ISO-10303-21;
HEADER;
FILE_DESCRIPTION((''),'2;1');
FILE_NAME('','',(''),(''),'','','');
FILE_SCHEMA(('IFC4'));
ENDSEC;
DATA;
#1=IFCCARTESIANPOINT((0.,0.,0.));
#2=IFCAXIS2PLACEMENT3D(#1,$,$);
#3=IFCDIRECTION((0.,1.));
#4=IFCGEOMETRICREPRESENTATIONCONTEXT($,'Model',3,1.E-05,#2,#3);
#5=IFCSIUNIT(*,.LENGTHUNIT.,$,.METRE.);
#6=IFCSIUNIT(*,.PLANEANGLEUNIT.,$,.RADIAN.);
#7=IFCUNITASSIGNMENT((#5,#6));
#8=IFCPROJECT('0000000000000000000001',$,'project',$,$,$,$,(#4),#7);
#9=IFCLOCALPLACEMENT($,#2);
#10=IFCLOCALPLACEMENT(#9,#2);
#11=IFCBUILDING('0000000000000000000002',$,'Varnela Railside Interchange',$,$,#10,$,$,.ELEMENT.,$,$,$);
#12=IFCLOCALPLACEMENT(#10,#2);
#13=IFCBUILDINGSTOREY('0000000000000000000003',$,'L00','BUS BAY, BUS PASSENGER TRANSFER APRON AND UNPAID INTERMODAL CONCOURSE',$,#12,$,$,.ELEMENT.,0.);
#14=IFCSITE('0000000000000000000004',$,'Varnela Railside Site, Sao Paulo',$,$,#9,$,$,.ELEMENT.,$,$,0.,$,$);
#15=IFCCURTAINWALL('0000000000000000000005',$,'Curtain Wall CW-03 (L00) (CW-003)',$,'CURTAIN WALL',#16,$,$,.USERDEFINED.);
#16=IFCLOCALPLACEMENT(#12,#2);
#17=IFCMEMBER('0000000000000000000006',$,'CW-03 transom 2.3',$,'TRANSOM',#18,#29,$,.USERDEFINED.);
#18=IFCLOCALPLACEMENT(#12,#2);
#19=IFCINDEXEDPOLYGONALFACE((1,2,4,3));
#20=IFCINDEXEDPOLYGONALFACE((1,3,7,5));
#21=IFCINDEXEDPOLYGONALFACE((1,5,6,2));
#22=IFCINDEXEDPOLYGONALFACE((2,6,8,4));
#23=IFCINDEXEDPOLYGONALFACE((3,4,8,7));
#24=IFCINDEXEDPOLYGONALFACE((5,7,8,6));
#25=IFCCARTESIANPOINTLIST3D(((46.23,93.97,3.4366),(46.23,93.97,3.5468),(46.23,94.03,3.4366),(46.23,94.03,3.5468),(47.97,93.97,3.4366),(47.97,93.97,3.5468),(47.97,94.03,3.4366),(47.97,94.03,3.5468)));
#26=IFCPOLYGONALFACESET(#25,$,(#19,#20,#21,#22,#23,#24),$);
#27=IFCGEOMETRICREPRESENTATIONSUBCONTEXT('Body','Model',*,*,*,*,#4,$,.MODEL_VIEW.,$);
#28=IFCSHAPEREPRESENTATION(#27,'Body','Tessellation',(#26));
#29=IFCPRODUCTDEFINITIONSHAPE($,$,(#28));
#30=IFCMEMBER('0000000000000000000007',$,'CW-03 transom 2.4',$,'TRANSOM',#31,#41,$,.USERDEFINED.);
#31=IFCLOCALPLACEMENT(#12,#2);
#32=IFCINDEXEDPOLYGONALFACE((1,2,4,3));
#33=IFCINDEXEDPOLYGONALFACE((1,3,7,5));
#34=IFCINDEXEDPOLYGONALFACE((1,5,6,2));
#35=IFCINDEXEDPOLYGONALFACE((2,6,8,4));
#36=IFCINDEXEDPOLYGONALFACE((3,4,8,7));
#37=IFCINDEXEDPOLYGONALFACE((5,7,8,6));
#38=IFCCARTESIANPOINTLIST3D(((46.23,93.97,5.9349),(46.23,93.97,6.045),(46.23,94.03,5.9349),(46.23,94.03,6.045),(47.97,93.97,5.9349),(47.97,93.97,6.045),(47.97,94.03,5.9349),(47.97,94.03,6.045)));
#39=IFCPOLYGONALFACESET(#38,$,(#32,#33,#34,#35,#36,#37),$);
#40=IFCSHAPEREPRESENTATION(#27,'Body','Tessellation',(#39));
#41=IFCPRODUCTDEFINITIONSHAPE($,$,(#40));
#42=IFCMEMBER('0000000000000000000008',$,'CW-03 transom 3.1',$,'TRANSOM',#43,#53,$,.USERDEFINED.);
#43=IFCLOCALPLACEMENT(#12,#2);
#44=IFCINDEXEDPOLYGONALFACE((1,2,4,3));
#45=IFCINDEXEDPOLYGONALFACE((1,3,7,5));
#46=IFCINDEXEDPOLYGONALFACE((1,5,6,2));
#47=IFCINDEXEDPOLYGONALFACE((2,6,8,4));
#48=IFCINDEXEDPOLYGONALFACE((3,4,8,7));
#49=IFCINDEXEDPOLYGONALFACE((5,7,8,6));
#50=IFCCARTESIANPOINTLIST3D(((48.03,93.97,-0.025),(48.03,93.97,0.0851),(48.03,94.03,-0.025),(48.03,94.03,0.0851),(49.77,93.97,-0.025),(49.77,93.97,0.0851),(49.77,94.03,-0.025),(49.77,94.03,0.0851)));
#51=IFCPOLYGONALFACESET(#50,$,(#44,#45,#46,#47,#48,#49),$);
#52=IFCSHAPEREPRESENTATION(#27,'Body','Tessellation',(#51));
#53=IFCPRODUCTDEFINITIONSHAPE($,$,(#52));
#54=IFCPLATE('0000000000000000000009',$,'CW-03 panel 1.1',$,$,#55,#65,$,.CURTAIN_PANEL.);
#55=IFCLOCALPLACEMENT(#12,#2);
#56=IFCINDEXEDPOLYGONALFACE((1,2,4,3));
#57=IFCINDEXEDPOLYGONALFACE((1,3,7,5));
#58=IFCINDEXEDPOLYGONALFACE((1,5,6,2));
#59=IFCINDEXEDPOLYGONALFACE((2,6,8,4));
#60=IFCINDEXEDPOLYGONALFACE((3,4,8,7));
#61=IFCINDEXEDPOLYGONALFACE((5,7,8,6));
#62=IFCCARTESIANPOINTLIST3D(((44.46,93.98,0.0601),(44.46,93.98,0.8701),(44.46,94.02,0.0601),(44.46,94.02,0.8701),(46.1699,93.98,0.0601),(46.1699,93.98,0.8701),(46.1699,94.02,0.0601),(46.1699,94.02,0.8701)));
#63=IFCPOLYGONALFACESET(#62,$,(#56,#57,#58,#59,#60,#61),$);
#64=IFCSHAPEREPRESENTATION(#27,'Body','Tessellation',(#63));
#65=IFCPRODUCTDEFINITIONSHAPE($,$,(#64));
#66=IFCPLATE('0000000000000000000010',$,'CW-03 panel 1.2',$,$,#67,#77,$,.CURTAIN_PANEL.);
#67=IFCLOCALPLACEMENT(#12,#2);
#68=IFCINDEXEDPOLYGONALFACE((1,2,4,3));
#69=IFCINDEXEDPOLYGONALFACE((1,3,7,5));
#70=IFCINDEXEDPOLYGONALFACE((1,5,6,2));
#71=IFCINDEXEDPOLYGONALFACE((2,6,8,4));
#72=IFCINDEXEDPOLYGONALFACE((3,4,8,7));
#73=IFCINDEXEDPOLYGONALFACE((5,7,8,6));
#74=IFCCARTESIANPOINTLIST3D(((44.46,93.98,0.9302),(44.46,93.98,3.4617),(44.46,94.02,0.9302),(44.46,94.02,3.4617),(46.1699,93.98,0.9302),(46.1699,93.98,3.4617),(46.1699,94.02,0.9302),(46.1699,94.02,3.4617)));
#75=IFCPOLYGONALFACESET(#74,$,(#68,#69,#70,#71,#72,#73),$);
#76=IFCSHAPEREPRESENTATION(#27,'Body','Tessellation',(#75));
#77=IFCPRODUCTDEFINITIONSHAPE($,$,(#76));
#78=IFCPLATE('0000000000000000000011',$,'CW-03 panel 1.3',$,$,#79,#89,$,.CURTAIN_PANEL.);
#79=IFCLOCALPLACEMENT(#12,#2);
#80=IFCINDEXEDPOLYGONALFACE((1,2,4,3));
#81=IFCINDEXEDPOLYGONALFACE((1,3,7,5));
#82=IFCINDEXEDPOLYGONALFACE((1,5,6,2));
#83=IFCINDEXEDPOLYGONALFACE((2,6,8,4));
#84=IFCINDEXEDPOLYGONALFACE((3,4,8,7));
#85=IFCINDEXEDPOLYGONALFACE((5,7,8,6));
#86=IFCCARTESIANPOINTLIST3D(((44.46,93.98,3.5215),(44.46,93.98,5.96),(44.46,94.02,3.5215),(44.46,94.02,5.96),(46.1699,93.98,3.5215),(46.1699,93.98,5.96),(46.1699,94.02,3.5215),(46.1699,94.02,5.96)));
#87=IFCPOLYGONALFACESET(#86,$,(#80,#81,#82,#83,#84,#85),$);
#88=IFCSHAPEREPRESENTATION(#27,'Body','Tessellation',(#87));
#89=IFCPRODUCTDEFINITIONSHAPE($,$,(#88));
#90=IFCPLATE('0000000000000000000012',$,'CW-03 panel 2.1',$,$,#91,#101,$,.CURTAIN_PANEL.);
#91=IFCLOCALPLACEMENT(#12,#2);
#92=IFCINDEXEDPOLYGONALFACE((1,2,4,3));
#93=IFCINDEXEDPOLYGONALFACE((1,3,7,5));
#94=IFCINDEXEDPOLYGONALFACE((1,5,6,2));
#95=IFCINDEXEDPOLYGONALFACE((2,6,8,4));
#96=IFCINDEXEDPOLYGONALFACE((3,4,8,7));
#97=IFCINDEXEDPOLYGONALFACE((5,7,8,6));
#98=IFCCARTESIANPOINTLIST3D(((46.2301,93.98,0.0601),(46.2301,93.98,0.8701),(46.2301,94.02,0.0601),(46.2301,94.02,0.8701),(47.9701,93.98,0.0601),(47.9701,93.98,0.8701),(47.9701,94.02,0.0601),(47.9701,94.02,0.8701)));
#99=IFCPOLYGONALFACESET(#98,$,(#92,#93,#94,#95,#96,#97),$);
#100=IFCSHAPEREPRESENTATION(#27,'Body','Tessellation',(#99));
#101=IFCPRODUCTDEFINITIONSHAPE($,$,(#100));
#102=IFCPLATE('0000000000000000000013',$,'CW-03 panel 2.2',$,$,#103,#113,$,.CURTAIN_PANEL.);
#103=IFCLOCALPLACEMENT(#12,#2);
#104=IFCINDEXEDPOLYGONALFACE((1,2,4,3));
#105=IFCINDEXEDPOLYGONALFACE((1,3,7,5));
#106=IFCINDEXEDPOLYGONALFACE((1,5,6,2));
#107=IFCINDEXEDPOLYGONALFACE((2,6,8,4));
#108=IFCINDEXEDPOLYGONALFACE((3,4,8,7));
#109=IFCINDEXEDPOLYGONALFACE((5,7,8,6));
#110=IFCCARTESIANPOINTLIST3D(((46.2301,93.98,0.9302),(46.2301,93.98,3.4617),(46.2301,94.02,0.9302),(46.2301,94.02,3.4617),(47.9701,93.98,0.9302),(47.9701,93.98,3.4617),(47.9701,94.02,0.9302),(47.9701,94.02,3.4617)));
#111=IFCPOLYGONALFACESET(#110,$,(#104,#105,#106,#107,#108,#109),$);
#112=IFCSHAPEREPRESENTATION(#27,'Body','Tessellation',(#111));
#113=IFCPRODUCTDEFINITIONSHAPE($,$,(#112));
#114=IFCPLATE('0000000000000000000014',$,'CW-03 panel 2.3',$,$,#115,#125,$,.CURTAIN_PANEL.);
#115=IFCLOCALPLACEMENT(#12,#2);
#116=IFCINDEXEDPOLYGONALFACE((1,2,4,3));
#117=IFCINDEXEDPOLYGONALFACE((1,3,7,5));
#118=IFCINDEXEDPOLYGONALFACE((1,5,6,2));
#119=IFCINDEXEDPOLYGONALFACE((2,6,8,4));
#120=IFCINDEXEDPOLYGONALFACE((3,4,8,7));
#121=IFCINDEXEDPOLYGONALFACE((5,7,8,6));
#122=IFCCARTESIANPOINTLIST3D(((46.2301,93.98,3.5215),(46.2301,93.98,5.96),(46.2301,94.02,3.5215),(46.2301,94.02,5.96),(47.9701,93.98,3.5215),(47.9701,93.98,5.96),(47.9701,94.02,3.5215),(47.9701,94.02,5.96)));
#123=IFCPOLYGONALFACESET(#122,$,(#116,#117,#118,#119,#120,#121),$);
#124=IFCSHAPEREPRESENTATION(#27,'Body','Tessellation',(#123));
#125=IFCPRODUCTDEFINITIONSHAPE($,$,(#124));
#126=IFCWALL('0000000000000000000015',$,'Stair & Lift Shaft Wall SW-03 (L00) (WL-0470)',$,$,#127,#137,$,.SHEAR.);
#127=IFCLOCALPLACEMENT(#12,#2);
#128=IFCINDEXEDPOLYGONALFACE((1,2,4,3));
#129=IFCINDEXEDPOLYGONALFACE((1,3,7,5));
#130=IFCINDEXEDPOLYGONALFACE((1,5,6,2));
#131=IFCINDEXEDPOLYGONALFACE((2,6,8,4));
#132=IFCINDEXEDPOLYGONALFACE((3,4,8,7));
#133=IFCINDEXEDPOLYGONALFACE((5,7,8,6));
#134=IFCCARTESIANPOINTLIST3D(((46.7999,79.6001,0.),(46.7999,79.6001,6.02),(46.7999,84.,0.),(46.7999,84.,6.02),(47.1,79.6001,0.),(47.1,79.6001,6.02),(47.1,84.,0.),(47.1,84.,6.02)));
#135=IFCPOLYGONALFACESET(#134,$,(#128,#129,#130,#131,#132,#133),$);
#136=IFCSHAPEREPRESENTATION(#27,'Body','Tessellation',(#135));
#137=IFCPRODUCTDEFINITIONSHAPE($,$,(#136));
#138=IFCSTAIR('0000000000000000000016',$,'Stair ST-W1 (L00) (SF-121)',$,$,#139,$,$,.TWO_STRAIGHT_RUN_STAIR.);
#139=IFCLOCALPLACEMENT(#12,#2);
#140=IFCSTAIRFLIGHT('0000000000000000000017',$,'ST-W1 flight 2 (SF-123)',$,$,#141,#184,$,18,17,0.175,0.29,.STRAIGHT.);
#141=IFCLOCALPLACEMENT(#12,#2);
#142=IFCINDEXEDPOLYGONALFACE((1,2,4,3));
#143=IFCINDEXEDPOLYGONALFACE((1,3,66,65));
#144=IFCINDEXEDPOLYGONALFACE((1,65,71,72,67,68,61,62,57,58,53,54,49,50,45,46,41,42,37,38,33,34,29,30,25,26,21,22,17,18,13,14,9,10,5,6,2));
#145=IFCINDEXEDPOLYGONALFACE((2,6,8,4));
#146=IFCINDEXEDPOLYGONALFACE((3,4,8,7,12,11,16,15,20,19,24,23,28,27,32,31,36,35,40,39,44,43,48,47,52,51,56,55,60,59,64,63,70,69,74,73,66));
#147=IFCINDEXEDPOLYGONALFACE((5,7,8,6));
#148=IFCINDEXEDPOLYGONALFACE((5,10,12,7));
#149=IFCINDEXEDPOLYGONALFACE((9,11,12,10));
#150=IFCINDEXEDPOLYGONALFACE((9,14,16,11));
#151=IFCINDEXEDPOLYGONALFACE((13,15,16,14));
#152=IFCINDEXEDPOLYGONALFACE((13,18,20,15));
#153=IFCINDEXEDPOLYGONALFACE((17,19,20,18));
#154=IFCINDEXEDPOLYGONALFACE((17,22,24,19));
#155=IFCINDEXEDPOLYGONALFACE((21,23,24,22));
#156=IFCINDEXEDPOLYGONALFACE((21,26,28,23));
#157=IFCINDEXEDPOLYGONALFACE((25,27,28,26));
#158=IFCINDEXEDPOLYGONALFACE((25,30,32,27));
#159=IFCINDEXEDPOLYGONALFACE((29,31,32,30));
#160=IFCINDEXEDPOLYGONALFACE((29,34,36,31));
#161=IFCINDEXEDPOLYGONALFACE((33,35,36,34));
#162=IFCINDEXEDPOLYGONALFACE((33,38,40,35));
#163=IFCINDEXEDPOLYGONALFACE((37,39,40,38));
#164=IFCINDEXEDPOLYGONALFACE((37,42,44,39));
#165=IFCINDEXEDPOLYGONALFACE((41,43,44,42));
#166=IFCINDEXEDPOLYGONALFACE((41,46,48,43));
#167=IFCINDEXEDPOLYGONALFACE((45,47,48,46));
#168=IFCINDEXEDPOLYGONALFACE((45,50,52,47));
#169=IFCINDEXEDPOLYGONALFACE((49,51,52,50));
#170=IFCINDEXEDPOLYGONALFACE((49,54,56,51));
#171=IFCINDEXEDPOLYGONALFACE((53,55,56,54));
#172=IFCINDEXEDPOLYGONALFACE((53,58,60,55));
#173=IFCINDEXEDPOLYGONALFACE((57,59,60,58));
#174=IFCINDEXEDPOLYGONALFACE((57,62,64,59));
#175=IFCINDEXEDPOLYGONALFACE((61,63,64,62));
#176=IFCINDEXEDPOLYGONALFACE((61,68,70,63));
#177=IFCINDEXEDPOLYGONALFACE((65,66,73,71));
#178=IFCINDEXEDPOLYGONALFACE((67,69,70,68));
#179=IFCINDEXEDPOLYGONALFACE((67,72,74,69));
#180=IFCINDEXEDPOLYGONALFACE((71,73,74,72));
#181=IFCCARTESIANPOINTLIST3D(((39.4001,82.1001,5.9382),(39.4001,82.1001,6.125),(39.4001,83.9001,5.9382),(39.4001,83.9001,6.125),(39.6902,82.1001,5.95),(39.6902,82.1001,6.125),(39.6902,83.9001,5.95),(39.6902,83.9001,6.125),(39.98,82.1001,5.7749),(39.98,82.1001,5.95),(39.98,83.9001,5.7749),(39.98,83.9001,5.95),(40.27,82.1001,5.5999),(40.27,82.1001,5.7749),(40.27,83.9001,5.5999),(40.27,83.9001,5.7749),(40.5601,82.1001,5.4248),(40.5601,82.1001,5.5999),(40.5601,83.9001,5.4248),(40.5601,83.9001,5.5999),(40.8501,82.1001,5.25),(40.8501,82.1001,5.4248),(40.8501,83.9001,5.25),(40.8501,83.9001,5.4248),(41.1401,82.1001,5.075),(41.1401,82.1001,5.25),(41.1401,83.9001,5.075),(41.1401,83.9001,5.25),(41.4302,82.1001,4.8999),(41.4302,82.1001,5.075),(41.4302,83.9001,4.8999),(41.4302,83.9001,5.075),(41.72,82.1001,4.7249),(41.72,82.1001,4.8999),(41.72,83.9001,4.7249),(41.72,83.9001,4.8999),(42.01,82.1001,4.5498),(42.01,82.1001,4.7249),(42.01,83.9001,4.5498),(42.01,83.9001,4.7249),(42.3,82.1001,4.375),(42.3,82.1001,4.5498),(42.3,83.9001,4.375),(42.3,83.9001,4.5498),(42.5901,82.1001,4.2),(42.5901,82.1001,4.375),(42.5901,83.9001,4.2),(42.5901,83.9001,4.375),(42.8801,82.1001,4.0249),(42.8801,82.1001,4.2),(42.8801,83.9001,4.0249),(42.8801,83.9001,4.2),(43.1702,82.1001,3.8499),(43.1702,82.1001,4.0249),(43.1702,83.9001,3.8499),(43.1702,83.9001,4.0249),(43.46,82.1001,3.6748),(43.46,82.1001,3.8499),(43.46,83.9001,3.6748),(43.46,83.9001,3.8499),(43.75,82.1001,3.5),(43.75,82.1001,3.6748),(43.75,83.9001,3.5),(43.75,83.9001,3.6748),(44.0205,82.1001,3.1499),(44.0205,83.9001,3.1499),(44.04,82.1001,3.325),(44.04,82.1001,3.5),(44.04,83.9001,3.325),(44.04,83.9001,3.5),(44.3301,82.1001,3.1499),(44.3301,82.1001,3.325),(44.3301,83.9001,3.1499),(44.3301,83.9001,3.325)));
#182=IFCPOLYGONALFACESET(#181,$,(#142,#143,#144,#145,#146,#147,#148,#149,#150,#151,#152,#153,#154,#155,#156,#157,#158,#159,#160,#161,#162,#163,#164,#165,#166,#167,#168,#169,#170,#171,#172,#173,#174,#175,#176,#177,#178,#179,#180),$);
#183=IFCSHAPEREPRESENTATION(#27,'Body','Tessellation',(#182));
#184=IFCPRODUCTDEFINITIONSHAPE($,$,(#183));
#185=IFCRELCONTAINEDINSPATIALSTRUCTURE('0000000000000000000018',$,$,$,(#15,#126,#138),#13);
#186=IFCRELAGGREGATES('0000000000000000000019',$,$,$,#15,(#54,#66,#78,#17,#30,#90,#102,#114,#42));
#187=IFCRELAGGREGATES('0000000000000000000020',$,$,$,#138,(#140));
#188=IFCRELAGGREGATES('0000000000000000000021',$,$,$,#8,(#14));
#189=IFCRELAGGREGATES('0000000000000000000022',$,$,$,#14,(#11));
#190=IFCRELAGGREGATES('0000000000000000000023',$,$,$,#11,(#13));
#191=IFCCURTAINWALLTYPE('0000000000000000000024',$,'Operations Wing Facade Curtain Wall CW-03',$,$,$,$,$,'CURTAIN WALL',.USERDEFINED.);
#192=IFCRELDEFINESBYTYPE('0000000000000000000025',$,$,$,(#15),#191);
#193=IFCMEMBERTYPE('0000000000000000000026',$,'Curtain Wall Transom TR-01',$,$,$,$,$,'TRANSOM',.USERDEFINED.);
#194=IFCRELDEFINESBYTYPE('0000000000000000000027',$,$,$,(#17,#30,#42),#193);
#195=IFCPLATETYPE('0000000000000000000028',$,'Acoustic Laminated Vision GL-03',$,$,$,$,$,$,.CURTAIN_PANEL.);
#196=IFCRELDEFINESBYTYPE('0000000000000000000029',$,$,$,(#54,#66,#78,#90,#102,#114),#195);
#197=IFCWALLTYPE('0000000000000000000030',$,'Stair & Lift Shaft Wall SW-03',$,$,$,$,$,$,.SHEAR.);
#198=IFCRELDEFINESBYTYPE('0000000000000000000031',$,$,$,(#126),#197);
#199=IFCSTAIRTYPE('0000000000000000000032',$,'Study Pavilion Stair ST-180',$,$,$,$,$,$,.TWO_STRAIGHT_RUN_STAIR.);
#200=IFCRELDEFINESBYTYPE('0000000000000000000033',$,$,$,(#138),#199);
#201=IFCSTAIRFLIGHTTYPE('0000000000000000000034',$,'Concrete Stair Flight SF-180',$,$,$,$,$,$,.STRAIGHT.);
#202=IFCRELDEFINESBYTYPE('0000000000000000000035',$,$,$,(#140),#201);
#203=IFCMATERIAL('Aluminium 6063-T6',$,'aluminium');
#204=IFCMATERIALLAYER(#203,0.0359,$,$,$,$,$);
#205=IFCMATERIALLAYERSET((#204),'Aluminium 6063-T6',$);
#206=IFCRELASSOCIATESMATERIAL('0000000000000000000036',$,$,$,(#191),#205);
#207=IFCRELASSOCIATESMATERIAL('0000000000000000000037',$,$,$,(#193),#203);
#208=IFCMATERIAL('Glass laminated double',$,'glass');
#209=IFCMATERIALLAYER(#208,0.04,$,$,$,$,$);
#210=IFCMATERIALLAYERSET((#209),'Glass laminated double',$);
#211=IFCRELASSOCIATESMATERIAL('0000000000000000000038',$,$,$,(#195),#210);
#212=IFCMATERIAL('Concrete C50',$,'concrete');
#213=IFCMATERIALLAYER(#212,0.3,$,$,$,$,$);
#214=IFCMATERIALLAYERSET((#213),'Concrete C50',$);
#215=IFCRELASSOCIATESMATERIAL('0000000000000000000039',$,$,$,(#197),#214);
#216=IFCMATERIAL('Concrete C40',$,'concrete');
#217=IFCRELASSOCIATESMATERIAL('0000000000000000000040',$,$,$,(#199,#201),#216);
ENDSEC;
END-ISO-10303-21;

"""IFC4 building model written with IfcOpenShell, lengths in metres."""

from ifc_helpers import new_model, si_unit, direction, frame, frame_2d, origin, origin_2d, place, context, subcontext, project, spatial, polyline, rectangle, outline, extrude, material, layer, layer_set, material_profile, profile_set, type_object, element, aggregate, save


model = new_model("IFC4")

# Units and contexts
model_context = context("Model", 3, precision=1e-05, world=origin(), true_north=direction((0.0, 1.0)))
body_context = subcontext(model_context, "Body", "Model", "MODEL_VIEW")
ifc_project = project(units=[si_unit("LENGTHUNIT", "METRE"), si_unit("PLANEANGLEUNIT", "RADIAN")], contexts=[model_context])

# Site, building, storey
site_placement = place(None, origin())
site = spatial("IfcSite", under=ifc_project, at=site_placement, Name="Varnela Railside Site, Sao Paulo", CompositionType="ELEMENT", RefElevation=0.0)
building_placement = place(site_placement, origin())
building = spatial("IfcBuilding", under=site, at=building_placement, Name="Varnela Railside Interchange", CompositionType="ELEMENT")
storey_placement = place(building_placement, origin())
storey = spatial("IfcBuildingStorey", under=building, at=storey_placement, Name="L00", Description="BUS BAY, BUS PASSENGER TRANSFER APRON AND UNPAID INTERMODAL CONCOURSE", CompositionType="ELEMENT", Elevation=0.0)

# Shared definitions
ifc_material_1 = material(Name="Concrete C50", Category="concrete")
ifc_material_2 = material(Name="Concrete C40", Category="concrete")

# Curtain wall, members, plates
ifc_material_3 = material(Name="Aluminium 6063-T6", Category="aluminium")
ifc_layer_1 = layer(ifc_material_3, 0.0359)
ifc_layer_set_1 = layer_set([ifc_layer_1], Name="Aluminium 6063-T6")
curtain_wall_type = type_object("IfcCurtainWallType", Name="Operations Wing Facade Curtain Wall CW-03", ElementType="CURTAIN WALL", PredefinedType="USERDEFINED", material=ifc_layer_set_1)
curtain_wall_placement = place(storey_placement, origin())
curtain_wall = element("IfcCurtainWall", 1, at=curtain_wall_placement, inside=storey, type_object=curtain_wall_type, Name="Curtain Wall CW-03 (L00) (CW-003)", ObjectType="CURTAIN WALL", PredefinedType="USERDEFINED")
ifc_material_profile_1 = material_profile(ifc_material_3, rectangle(XDim=0.0601, YDim=0.1101, at=origin_2d()), Name="ALU 60x110")
ifc_profile_set_1 = profile_set([ifc_material_profile_1], Name="Aluminium 6063-T6")
member_type_1 = type_object("IfcMemberType", Name="Curtain Wall Transom TR-01", ElementType="TRANSOM", PredefinedType="USERDEFINED", material=ifc_profile_set_1)
member_1_placement = place(storey_placement, frame((46.23, 94.0, 3.4917), z_axis=(1.0, 0.0, 0.0), x_axis=(0.0, 1.0, 0.0)))
member_1 = element("IfcMember", 2, at=member_1_placement, type_object=member_type_1, Name="CW-03 transom 2.3", ObjectType="TRANSOM", PredefinedType="USERDEFINED", context=body_context, shape_type="SweptSolid", body=[
    extrude(rectangle(XDim=0.0601, YDim=0.1101, at=origin_2d()), origin(), (0.0, 0.0, 1.0), 1.74),
])
member_2_placement = place(storey_placement, frame((46.23, 94.0, 5.99), z_axis=(1.0, 0.0, 0.0), x_axis=(0.0, 1.0, 0.0)))
member_2 = element("IfcMember", 3, at=member_2_placement, type_object=member_type_1, Name="CW-03 transom 2.4", ObjectType="TRANSOM", PredefinedType="USERDEFINED", context=body_context, shape_type="SweptSolid", body=[
    extrude(rectangle(XDim=0.0601, YDim=0.1101, at=origin_2d()), origin(), (0.0, 0.0, 1.0), 1.74),
])
member_3_placement = place(storey_placement, frame((48.03, 94.0, 0.03), z_axis=(1.0, 0.0, 0.0), x_axis=(0.0, 1.0, 0.0)))
member_3 = element("IfcMember", 4, at=member_3_placement, type_object=member_type_1, Name="CW-03 transom 3.1", ObjectType="TRANSOM", PredefinedType="USERDEFINED", context=body_context, shape_type="SweptSolid", body=[
    extrude(rectangle(XDim=0.0601, YDim=0.1101, at=origin_2d()), origin(), (0.0, 0.0, 1.0), 1.74),
])
ifc_material_4 = material(Name="Glass laminated double", Category="glass")
ifc_layer_2 = layer(ifc_material_4, 0.04)
ifc_layer_set_2 = layer_set([ifc_layer_2], Name="Glass laminated double")
plate_type = type_object("IfcPlateType", Name="Acoustic Laminated Vision GL-03", PredefinedType="CURTAIN_PANEL", material=ifc_layer_set_2)
plate_1_placement = place(storey_placement, frame((45.3149, 94.0, 0.0601), z_axis=(0.0, 0.0, 1.0), x_axis=(1.0, 0.0, 0.0)))
plate_1 = element("IfcPlate", 5, at=plate_1_placement, type_object=plate_type, Name="CW-03 panel 1.1", PredefinedType="CURTAIN_PANEL", context=body_context, shape_type="SweptSolid", body=[
    extrude(rectangle(XDim=1.71, YDim=0.04, at=origin_2d()), origin(), (0.0, 0.0, 1.0), 0.8101),
])
plate_2_placement = place(storey_placement, frame((45.3149, 94.0, 0.9302), z_axis=(0.0, 0.0, 1.0), x_axis=(1.0, 0.0, 0.0)))
plate_2 = element("IfcPlate", 6, at=plate_2_placement, type_object=plate_type, Name="CW-03 panel 1.2", PredefinedType="CURTAIN_PANEL", context=body_context, shape_type="SweptSolid", body=[
    extrude(rectangle(XDim=1.71, YDim=0.04, at=origin_2d()), origin(), (0.0, 0.0, 1.0), 2.5315),
])
plate_3_placement = place(storey_placement, frame((45.3149, 94.0, 3.5215), z_axis=(0.0, 0.0, 1.0), x_axis=(1.0, 0.0, 0.0)))
plate_3 = element("IfcPlate", 7, at=plate_3_placement, type_object=plate_type, Name="CW-03 panel 1.3", PredefinedType="CURTAIN_PANEL", context=body_context, shape_type="SweptSolid", body=[
    extrude(rectangle(XDim=1.71, YDim=0.04, at=origin_2d()), origin(), (0.0, 0.0, 1.0), 2.4385),
])
plate_4_placement = place(storey_placement, frame((47.1001, 94.0, 0.0601), z_axis=(0.0, 0.0, 1.0), x_axis=(1.0, 0.0, 0.0)))
plate_4 = element("IfcPlate", 8, at=plate_4_placement, type_object=plate_type, Name="CW-03 panel 2.1", PredefinedType="CURTAIN_PANEL", context=body_context, shape_type="SweptSolid", body=[
    extrude(rectangle(XDim=1.74, YDim=0.04, at=origin_2d()), origin(), (0.0, 0.0, 1.0), 0.8101),
])
plate_5_placement = place(storey_placement, frame((47.1001, 94.0, 0.9302), z_axis=(0.0, 0.0, 1.0), x_axis=(1.0, 0.0, 0.0)))
plate_5 = element("IfcPlate", 9, at=plate_5_placement, type_object=plate_type, Name="CW-03 panel 2.2", PredefinedType="CURTAIN_PANEL", context=body_context, shape_type="SweptSolid", body=[
    extrude(rectangle(XDim=1.74, YDim=0.04, at=origin_2d()), origin(), (0.0, 0.0, 1.0), 2.5315),
])
plate_6_placement = place(storey_placement, frame((47.1001, 94.0, 3.5215), z_axis=(0.0, 0.0, 1.0), x_axis=(1.0, 0.0, 0.0)))
plate_6 = element("IfcPlate", 10, at=plate_6_placement, type_object=plate_type, Name="CW-03 panel 2.3", PredefinedType="CURTAIN_PANEL", context=body_context, shape_type="SweptSolid", body=[
    extrude(rectangle(XDim=1.74, YDim=0.04, at=origin_2d()), origin(), (0.0, 0.0, 1.0), 2.4385),
])
aggregate(curtain_wall, [plate_1, plate_2, plate_3, member_1, member_2, plate_4, plate_5, plate_6, member_3])

# Wall
ifc_layer_3 = layer(ifc_material_1, 0.3)
ifc_layer_set_3 = layer_set([ifc_layer_3], Name="Concrete C50")
wall_type = type_object("IfcWallType", Name="Stair & Lift Shaft Wall SW-03", PredefinedType="SHEAR", material=ifc_layer_set_3)
wall_placement = place(storey_placement, frame((46.95, 79.6001, 0.0), z_axis=(0.0, 0.0, 1.0), x_axis=(0.0, 1.0, 0.0)))
element("IfcWall", 11, at=wall_placement, inside=storey, type_object=wall_type, Name="Stair & Lift Shaft Wall SW-03 (L00) (WL-0470)", PredefinedType="SHEAR", context=body_context, shape_type="SweptSolid", body=[
    extrude(rectangle(XDim=4.3999, YDim=0.3, at=frame_2d((2.2, 0.0))), origin(), (0.0, 0.0, 1.0), 6.02),
])

# Stair, stair flight
stair_type = type_object("IfcStairType", Name="Study Pavilion Stair ST-180", PredefinedType="TWO_STRAIGHT_RUN_STAIR", material=ifc_material_2)
stair_placement = place(storey_placement, origin())
stair = element("IfcStair", 12, at=stair_placement, inside=storey, type_object=stair_type, Name="Stair ST-W1 (L00) (SF-121)", PredefinedType="TWO_STRAIGHT_RUN_STAIR")
stair_flight_type = type_object("IfcStairFlightType", Name="Concrete Stair Flight SF-180", PredefinedType="STRAIGHT", material=ifc_material_2)
stair_flight_placement = place(storey_placement, frame((44.3301, 83.0, 3.1499), z_axis=(0.0, 0.0, 1.0), x_axis=(-1.0, 0.0, 0.0)))
stair_flight = element("IfcStairFlight", 13, at=stair_flight_placement, type_object=stair_flight_type, Name="ST-W1 flight 2 (SF-123)", NumberOfRisers=18, NumberOfTreads=17, PredefinedType="STRAIGHT", RiserHeight=0.175, TreadLength=0.29, context=body_context, shape_type="SweptSolid", body=[
    extrude(outline(polyline([(0.0, 0.0), (0.0, 0.175), (0.29, 0.175), (0.29, 0.3501), (0.5801, 0.3501), (0.5801, 0.5249), (0.8701, 0.5249), (0.8701, 0.7), (1.1599, 0.7), (1.1599, 0.875), (1.45, 0.875), (1.45, 1.05), (1.74, 1.05), (1.74, 1.2251), (2.03, 1.2251), (2.03, 1.3999), (2.3201, 1.3999), (2.3201, 1.575), (2.6101, 1.575), (2.6101, 1.75), (2.8999, 1.75), (2.8999, 1.925), (3.1899, 1.925), (3.1899, 2.1001), (3.48, 2.1001), (3.48, 2.2749), (3.77, 2.2749), (3.77, 2.45), (4.0601, 2.45), (4.0601, 2.625), (4.3501, 2.625), (4.3501, 2.8), (4.6399, 2.8), (4.6399, 2.9751), (4.9299, 2.9751), (4.9299, 3.1499), (4.9299, 2.7883), (0.3096, 0.0), (0.0, 0.0)])), frame((0.0, 0.8999, 0.0), z_axis=(0.0, -1.0, 0.0), x_axis=(1.0, 0.0, 0.0)), (0.0, 0.0, 1.0), 1.8),
])
aggregate(stair, [stair_flight])

save(model, "model.ifc")
